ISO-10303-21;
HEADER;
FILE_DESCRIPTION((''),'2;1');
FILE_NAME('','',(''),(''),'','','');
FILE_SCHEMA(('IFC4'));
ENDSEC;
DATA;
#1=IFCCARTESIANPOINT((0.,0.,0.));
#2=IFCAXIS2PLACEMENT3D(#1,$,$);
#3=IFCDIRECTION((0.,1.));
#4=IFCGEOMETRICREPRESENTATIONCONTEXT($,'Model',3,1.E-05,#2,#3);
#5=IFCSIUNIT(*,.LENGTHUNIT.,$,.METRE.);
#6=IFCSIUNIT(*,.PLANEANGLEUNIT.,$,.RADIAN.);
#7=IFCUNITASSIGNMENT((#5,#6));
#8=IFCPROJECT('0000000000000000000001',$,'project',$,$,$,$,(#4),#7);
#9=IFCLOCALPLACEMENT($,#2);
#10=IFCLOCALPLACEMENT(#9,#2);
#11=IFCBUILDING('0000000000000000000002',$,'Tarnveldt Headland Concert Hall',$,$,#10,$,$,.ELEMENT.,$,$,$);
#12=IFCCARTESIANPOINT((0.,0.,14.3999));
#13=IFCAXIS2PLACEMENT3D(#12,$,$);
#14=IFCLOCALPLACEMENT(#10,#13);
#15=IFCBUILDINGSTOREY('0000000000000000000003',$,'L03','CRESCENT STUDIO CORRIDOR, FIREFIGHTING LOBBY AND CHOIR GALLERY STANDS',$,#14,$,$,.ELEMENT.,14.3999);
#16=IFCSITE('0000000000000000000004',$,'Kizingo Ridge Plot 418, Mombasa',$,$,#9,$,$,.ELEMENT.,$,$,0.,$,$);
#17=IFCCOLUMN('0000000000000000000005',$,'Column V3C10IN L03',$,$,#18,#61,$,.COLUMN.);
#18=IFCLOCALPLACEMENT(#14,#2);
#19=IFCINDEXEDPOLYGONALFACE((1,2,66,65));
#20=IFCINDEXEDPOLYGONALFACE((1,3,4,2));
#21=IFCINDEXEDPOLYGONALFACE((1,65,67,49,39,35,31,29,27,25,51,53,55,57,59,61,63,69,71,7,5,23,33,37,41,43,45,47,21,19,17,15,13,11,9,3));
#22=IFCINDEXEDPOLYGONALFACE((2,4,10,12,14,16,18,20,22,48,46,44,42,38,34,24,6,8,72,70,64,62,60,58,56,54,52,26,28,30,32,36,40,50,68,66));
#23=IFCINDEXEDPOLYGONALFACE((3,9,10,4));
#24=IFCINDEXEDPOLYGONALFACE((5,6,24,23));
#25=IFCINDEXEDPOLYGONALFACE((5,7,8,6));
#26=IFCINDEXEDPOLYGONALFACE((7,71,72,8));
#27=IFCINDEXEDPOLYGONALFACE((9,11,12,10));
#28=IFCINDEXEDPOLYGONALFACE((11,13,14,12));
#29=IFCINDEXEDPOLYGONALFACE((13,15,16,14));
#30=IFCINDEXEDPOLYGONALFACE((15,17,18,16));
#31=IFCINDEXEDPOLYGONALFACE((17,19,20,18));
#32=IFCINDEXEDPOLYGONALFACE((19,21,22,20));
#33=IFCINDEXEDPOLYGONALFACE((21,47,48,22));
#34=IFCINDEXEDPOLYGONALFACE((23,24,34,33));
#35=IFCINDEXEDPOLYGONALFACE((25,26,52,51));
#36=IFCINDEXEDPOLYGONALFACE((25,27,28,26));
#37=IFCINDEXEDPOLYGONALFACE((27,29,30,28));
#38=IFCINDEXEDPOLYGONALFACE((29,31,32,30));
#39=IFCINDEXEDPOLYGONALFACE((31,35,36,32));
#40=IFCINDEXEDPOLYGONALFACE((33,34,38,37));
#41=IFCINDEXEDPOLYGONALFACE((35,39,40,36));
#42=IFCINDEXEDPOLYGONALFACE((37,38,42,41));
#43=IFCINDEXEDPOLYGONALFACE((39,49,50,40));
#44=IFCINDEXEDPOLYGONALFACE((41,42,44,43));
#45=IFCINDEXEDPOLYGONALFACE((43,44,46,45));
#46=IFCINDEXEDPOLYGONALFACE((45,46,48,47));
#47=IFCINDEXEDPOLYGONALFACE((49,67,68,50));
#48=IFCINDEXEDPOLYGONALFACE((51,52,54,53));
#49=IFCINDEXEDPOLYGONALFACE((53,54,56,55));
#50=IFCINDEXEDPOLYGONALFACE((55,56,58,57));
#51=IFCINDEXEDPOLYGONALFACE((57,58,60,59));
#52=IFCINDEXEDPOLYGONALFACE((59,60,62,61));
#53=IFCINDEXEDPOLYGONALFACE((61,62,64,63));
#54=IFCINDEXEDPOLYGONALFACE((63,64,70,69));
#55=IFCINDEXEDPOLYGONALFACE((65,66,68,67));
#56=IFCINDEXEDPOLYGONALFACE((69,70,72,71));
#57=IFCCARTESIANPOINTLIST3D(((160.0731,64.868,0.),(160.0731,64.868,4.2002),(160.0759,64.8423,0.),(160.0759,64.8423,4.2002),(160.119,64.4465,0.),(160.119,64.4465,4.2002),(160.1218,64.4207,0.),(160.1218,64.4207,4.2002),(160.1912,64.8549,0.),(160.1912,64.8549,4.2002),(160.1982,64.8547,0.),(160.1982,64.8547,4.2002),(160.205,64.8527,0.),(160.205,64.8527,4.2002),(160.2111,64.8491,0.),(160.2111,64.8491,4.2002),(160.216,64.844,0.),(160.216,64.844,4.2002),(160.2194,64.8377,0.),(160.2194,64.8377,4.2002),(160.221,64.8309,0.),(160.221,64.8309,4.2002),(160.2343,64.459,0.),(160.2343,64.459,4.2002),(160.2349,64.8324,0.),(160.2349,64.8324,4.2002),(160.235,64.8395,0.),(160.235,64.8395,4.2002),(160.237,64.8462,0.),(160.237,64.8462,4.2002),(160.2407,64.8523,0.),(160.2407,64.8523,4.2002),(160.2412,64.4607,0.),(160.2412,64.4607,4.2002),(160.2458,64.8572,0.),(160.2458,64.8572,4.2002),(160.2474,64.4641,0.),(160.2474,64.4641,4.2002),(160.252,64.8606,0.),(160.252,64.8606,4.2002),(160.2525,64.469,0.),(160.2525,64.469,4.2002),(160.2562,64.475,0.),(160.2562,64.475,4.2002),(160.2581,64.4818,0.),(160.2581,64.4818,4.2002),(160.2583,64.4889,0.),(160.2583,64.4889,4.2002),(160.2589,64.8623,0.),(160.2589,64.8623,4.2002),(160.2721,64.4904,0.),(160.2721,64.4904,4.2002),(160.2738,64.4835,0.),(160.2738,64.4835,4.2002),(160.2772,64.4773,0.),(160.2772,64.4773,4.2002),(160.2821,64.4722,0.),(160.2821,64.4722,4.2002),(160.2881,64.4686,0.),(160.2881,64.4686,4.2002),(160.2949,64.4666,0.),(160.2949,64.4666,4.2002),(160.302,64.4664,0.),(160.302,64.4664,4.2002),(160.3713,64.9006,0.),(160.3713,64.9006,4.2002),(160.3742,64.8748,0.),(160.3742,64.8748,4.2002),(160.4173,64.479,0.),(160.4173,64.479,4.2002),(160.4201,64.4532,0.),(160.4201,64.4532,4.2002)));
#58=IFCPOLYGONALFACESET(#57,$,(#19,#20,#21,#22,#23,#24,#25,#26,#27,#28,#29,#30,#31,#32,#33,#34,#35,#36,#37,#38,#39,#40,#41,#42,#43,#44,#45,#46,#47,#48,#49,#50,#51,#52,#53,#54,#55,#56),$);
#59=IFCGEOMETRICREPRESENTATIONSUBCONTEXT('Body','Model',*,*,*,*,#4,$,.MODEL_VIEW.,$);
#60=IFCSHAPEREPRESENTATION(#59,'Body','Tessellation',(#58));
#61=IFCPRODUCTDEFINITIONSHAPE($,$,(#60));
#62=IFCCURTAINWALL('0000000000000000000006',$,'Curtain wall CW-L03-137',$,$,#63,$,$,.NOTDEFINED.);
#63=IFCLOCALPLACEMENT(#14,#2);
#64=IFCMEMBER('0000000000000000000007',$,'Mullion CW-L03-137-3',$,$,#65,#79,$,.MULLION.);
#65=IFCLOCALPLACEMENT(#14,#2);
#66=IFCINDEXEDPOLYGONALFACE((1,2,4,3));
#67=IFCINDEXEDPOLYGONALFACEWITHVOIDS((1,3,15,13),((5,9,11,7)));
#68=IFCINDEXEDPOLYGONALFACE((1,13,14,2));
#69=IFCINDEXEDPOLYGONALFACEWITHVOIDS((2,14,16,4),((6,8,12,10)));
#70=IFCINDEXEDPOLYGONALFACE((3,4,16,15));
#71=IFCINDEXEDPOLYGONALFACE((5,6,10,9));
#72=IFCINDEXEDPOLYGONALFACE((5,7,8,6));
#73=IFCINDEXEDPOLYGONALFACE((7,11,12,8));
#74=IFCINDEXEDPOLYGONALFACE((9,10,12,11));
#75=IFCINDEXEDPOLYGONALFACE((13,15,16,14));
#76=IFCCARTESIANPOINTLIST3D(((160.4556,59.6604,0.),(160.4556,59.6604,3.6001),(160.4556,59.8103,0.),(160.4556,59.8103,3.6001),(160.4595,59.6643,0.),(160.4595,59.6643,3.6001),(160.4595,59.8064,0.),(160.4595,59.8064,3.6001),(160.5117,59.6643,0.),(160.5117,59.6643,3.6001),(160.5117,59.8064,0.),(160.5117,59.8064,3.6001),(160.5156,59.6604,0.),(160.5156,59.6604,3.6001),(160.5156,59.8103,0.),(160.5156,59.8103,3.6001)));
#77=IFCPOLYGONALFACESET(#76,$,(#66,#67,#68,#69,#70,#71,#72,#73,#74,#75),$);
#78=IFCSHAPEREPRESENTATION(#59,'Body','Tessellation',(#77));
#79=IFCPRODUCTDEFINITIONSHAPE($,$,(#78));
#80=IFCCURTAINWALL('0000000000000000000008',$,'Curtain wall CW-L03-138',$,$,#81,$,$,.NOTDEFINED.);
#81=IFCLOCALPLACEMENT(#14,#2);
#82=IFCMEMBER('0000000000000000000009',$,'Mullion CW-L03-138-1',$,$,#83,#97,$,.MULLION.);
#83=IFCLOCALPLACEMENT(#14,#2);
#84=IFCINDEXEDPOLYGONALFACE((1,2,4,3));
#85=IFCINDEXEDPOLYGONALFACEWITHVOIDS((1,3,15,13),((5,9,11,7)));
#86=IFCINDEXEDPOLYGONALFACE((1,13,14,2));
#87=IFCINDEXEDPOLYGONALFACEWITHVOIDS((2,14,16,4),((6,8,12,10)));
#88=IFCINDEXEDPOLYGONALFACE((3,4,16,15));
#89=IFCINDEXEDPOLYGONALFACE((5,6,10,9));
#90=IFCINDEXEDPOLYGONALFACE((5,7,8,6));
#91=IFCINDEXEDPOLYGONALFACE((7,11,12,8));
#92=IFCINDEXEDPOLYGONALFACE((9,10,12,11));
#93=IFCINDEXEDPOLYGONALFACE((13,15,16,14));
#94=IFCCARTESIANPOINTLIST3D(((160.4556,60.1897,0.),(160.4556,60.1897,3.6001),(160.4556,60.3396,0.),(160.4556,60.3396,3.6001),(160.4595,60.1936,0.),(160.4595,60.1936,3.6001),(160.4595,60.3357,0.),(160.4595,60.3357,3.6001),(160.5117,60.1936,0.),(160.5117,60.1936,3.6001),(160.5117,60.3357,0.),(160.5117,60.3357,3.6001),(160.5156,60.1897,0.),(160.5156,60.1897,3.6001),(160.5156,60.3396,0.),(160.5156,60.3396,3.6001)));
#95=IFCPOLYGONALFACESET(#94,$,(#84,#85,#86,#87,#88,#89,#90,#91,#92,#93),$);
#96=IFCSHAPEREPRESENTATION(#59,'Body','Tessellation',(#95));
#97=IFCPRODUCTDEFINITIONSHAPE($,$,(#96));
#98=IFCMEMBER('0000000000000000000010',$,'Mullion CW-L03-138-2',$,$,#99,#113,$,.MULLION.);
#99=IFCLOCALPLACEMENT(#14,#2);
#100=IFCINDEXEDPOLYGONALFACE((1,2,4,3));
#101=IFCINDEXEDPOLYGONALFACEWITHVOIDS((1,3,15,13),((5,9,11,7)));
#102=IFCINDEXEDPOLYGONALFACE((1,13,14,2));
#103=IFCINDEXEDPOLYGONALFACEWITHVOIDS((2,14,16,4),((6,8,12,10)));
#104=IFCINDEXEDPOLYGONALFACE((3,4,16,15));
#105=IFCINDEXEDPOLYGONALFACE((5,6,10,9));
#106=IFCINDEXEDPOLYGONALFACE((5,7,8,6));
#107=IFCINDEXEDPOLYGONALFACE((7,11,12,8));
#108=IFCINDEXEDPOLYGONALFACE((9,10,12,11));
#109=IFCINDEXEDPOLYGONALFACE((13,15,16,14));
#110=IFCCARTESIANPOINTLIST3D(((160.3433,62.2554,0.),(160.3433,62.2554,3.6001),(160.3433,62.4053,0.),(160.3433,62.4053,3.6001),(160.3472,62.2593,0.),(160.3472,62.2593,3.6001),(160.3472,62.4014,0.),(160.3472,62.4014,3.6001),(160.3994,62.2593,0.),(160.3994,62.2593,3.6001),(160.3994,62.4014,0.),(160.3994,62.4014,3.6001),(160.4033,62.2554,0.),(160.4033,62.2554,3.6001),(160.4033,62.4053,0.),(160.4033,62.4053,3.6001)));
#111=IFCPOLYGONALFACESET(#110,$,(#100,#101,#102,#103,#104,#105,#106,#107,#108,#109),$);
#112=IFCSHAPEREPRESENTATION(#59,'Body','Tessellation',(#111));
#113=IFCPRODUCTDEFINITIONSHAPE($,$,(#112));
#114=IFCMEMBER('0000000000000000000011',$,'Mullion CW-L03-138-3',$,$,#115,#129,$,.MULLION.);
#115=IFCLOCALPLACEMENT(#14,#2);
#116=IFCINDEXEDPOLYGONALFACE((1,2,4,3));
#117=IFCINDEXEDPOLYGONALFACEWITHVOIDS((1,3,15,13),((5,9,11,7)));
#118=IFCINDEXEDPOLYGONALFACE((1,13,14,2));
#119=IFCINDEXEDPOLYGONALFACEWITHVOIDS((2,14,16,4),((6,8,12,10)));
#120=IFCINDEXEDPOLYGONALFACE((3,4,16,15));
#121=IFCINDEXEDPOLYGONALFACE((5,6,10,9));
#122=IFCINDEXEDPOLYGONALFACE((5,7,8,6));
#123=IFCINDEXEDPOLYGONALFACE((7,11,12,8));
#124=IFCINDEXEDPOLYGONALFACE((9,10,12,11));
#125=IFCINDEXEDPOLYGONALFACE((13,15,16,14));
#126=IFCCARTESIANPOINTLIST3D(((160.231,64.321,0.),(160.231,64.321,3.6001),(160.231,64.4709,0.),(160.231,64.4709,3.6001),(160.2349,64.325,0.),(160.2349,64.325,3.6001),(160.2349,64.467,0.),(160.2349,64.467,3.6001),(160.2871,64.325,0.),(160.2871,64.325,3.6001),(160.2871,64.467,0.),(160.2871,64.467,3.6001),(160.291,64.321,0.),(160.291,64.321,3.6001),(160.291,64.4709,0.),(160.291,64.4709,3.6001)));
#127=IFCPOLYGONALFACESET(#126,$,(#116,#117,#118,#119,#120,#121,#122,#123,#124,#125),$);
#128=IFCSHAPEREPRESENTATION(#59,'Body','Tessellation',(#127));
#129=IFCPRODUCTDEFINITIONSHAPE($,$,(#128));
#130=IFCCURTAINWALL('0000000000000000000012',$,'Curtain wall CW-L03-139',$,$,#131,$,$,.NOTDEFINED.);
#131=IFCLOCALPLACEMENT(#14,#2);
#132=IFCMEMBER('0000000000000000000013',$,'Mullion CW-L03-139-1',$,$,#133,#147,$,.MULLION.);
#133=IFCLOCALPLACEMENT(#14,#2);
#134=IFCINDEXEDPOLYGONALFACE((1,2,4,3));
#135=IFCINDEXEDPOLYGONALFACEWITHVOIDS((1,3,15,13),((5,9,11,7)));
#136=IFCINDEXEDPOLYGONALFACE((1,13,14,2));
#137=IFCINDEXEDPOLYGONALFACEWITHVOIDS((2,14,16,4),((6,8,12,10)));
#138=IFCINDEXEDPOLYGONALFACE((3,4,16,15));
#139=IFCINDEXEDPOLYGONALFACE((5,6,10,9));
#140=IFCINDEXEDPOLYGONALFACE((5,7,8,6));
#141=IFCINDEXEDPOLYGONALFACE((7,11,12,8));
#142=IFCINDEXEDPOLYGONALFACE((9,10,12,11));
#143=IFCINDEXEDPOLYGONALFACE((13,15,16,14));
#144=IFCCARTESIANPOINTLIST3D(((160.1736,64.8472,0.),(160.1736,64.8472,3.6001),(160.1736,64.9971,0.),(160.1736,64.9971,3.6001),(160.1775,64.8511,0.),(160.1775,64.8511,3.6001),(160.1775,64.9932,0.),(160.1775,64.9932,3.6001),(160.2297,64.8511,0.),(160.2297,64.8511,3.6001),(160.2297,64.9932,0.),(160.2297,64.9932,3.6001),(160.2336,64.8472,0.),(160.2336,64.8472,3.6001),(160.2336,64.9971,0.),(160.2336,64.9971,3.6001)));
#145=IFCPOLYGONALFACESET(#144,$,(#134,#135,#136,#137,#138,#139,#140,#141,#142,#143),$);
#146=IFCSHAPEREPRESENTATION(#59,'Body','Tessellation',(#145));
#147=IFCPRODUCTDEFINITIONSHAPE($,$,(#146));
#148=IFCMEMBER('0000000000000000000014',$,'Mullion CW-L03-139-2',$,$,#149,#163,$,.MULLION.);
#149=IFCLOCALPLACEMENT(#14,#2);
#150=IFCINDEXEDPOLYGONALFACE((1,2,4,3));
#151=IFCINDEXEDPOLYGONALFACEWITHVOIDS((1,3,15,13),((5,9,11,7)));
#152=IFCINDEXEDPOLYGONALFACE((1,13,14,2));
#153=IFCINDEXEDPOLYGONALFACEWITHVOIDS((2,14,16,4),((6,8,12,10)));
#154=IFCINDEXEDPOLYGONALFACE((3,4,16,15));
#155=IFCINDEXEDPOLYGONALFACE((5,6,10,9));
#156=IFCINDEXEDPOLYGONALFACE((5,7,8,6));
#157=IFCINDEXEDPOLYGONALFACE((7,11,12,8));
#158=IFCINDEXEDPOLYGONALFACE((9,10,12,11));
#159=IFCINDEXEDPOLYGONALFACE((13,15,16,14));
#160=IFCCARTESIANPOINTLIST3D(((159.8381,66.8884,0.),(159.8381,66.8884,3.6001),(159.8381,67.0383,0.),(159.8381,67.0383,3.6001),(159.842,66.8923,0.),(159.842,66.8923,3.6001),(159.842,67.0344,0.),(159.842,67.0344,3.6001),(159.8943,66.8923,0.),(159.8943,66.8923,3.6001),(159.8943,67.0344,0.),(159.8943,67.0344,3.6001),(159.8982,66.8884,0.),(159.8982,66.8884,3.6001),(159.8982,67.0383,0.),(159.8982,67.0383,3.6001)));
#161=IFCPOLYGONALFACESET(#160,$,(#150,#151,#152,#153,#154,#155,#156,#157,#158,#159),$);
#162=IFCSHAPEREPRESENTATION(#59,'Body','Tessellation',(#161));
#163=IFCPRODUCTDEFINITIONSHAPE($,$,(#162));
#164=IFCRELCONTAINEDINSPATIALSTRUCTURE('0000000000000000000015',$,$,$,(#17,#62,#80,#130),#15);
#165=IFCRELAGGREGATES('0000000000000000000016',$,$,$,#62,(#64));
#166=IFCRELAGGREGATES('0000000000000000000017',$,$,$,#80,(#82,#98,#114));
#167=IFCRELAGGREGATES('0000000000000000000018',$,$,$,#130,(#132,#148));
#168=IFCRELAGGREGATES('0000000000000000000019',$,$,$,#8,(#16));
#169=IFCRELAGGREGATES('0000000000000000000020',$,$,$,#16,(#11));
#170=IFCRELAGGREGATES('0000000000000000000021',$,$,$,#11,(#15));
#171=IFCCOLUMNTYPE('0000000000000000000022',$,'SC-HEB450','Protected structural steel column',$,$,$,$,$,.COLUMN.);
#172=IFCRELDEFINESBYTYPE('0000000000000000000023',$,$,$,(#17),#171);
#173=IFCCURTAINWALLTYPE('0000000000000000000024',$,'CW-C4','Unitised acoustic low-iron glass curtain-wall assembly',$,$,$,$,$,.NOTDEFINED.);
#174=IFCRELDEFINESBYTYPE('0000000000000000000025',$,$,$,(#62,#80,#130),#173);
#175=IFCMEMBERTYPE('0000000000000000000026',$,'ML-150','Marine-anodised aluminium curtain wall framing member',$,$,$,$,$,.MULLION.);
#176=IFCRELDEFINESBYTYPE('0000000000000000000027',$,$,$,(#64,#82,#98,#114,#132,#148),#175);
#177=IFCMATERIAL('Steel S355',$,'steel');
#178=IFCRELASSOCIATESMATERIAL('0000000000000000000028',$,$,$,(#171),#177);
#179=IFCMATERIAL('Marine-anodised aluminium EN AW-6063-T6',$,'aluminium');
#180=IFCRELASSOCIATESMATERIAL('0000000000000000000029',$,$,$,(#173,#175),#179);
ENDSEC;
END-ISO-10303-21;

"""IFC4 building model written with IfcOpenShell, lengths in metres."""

from ifc_helpers import new_model, si_unit, direction, frame, origin, origin_2d, place, context, subcontext, project, spatial, hollow_rectangle, i_section, extrude, material, material_profile, profile_set, type_object, element, aggregate, save


model = new_model("IFC4")

# Units and contexts
model_context = context("Model", 3, precision=1e-05, world=origin(), true_north=direction((0.0, 1.0)))
body_context = subcontext(model_context, "Body", "Model", "MODEL_VIEW")
ifc_project = project(units=[si_unit("LENGTHUNIT", "METRE"), si_unit("PLANEANGLEUNIT", "RADIAN")], contexts=[model_context])

# Site, building, storey
site_placement = place(None, origin())
site = spatial("IfcSite", under=ifc_project, at=site_placement, Name="Kizingo Ridge Plot 418, Mombasa", CompositionType="ELEMENT", RefElevation=0.0)
building_placement = place(site_placement, origin())
building = spatial("IfcBuilding", under=site, at=building_placement, Name="Tarnveldt Headland Concert Hall", CompositionType="ELEMENT")
storey_placement = place(building_placement, frame((0.0, 0.0, 14.3999)))
storey = spatial("IfcBuildingStorey", under=building, at=storey_placement, Name="L03", Description="CRESCENT STUDIO CORRIDOR, FIREFIGHTING LOBBY AND CHOIR GALLERY STANDS", CompositionType="ELEMENT", Elevation=14.3999)

# Column
ifc_material_1 = material(Name="Steel S355", Category="steel")
ifc_material_profile_1 = material_profile(ifc_material_1, i_section(OverallWidth=0.3, OverallDepth=0.45, WebThickness=0.0139, FlangeThickness=0.0259, FilletRadius=0.0271, at=origin_2d()), Name="HEB450", Category="steel")
ifc_profile_set_1 = profile_set([ifc_material_profile_1], Name="Steel S355")
column_type = type_object("IfcColumnType", Name="SC-HEB450", Description="Protected structural steel column", PredefinedType="COLUMN", material=ifc_profile_set_1)
column_placement = place(storey_placement, frame((160.2466, 64.6606, 0.0), z_axis=(0.0, 0.0, 1.0), x_axis=(0.994113, 0.108346, 0.0)))
element("IfcColumn", 1, at=column_placement, inside=storey, type_object=column_type, Name="Column V3C10IN L03", PredefinedType="COLUMN", context=body_context, shape_type="SweptSolid", body=[
    extrude(i_section(OverallWidth=0.3, OverallDepth=0.45, WebThickness=0.0139, FlangeThickness=0.0259, FilletRadius=0.0271, at=origin_2d()), origin(), (0.0, 0.0, 1.0), 4.2002),
])

# Curtain wall, member
ifc_material_2 = material(Name="Marine-anodised aluminium EN AW-6063-T6", Category="aluminium")
curtain_wall_type = type_object("IfcCurtainWallType", Name="CW-C4", Description="Unitised acoustic low-iron glass curtain-wall assembly", PredefinedType="NOTDEFINED", material=ifc_material_2)
curtain_wall_1_placement = place(storey_placement, origin())
curtain_wall_1 = element("IfcCurtainWall", 2, at=curtain_wall_1_placement, inside=storey, type_object=curtain_wall_type, Name="Curtain wall CW-L03-137", PredefinedType="NOTDEFINED")
ifc_material_profile_2 = material_profile(ifc_material_2, hollow_rectangle(XDim=0.0601, YDim=0.1499, WallThickness=0.0039, at=origin_2d()), Name="ALU MULLION 60x150x4", Category="aluminium")
ifc_profile_set_2 = profile_set([ifc_material_profile_2], Name="Marine-anodised aluminium EN AW-6063-T6")
member_type_1 = type_object("IfcMemberType", Name="ML-150", Description="Marine-anodised aluminium curtain wall framing member", PredefinedType="MULLION", material=ifc_profile_set_2)
member_1_placement = place(storey_placement, frame((160.4856, 59.7354, 0.0), z_axis=(0.0, 0.0, 1.0), x_axis=(1.0, 0.0, 0.0)))
member_1 = element("IfcMember", 3, at=member_1_placement, type_object=member_type_1, Name="Mullion CW-L03-137-3", PredefinedType="MULLION", context=body_context, shape_type="SweptSolid", body=[
    extrude(hollow_rectangle(XDim=0.0601, YDim=0.1499, WallThickness=0.0039, at=origin_2d()), origin(), (0.0, 0.0, 1.0), 3.6001),
])

# Curtain walls, members
curtain_wall_2_placement = place(storey_placement, origin())
curtain_wall_2 = element("IfcCurtainWall", 4, at=curtain_wall_2_placement, inside=storey, type_object=curtain_wall_type, Name="Curtain wall CW-L03-138", PredefinedType="NOTDEFINED")
member_2_placement = place(storey_placement, frame((160.4856, 60.2646, 0.0), z_axis=(0.0, 0.0, 1.0), x_axis=(1.0, 0.0, 0.0)))
member_2 = element("IfcMember", 5, at=member_2_placement, type_object=member_type_1, Name="Mullion CW-L03-138-1", PredefinedType="MULLION", context=body_context, shape_type="SweptSolid", body=[
    extrude(hollow_rectangle(XDim=0.0601, YDim=0.1499, WallThickness=0.0039, at=origin_2d()), origin(), (0.0, 0.0, 1.0), 3.6001),
])
member_3_placement = place(storey_placement, frame((160.3733, 62.3303, 0.0), z_axis=(0.0, 0.0, 1.0), x_axis=(1.0, 0.0, 0.0)))
member_3 = element("IfcMember", 6, at=member_3_placement, type_object=member_type_1, Name="Mullion CW-L03-138-2", PredefinedType="MULLION", context=body_context, shape_type="SweptSolid", body=[
    extrude(hollow_rectangle(XDim=0.0601, YDim=0.1499, WallThickness=0.0039, at=origin_2d()), origin(), (0.0, 0.0, 1.0), 3.6001),
])
member_4_placement = place(storey_placement, frame((160.261, 64.396, 0.0), z_axis=(0.0, 0.0, 1.0), x_axis=(1.0, 0.0, 0.0)))
member_4 = element("IfcMember", 7, at=member_4_placement, type_object=member_type_1, Name="Mullion CW-L03-138-3", PredefinedType="MULLION", context=body_context, shape_type="SweptSolid", body=[
    extrude(hollow_rectangle(XDim=0.0601, YDim=0.1499, WallThickness=0.0039, at=origin_2d()), origin(), (0.0, 0.0, 1.0), 3.6001),
])
curtain_wall_3_placement = place(storey_placement, origin())
curtain_wall_3 = element("IfcCurtainWall", 8, at=curtain_wall_3_placement, inside=storey, type_object=curtain_wall_type, Name="Curtain wall CW-L03-139", PredefinedType="NOTDEFINED")
member_5_placement = place(storey_placement, frame((160.2036, 64.9221, 0.0), z_axis=(0.0, 0.0, 1.0), x_axis=(1.0, 0.0, 0.0)))
member_5 = element("IfcMember", 9, at=member_5_placement, type_object=member_type_1, Name="Mullion CW-L03-139-1", PredefinedType="MULLION", context=body_context, shape_type="SweptSolid", body=[
    extrude(hollow_rectangle(XDim=0.0601, YDim=0.1499, WallThickness=0.0039, at=origin_2d()), origin(), (0.0, 0.0, 1.0), 3.6001),
])
member_6_placement = place(storey_placement, frame((159.8682, 66.9634, 0.0), z_axis=(0.0, 0.0, 1.0), x_axis=(1.0, 0.0, 0.0)))
member_6 = element("IfcMember", 10, at=member_6_placement, type_object=member_type_1, Name="Mullion CW-L03-139-2", PredefinedType="MULLION", context=body_context, shape_type="SweptSolid", body=[
    extrude(hollow_rectangle(XDim=0.0601, YDim=0.1499, WallThickness=0.0039, at=origin_2d()), origin(), (0.0, 0.0, 1.0), 3.6001),
])

aggregate(curtain_wall_1, [member_1])
aggregate(curtain_wall_2, [member_2, member_3, member_4])
aggregate(curtain_wall_3, [member_5, member_6])

save(model, "model.ifc")
